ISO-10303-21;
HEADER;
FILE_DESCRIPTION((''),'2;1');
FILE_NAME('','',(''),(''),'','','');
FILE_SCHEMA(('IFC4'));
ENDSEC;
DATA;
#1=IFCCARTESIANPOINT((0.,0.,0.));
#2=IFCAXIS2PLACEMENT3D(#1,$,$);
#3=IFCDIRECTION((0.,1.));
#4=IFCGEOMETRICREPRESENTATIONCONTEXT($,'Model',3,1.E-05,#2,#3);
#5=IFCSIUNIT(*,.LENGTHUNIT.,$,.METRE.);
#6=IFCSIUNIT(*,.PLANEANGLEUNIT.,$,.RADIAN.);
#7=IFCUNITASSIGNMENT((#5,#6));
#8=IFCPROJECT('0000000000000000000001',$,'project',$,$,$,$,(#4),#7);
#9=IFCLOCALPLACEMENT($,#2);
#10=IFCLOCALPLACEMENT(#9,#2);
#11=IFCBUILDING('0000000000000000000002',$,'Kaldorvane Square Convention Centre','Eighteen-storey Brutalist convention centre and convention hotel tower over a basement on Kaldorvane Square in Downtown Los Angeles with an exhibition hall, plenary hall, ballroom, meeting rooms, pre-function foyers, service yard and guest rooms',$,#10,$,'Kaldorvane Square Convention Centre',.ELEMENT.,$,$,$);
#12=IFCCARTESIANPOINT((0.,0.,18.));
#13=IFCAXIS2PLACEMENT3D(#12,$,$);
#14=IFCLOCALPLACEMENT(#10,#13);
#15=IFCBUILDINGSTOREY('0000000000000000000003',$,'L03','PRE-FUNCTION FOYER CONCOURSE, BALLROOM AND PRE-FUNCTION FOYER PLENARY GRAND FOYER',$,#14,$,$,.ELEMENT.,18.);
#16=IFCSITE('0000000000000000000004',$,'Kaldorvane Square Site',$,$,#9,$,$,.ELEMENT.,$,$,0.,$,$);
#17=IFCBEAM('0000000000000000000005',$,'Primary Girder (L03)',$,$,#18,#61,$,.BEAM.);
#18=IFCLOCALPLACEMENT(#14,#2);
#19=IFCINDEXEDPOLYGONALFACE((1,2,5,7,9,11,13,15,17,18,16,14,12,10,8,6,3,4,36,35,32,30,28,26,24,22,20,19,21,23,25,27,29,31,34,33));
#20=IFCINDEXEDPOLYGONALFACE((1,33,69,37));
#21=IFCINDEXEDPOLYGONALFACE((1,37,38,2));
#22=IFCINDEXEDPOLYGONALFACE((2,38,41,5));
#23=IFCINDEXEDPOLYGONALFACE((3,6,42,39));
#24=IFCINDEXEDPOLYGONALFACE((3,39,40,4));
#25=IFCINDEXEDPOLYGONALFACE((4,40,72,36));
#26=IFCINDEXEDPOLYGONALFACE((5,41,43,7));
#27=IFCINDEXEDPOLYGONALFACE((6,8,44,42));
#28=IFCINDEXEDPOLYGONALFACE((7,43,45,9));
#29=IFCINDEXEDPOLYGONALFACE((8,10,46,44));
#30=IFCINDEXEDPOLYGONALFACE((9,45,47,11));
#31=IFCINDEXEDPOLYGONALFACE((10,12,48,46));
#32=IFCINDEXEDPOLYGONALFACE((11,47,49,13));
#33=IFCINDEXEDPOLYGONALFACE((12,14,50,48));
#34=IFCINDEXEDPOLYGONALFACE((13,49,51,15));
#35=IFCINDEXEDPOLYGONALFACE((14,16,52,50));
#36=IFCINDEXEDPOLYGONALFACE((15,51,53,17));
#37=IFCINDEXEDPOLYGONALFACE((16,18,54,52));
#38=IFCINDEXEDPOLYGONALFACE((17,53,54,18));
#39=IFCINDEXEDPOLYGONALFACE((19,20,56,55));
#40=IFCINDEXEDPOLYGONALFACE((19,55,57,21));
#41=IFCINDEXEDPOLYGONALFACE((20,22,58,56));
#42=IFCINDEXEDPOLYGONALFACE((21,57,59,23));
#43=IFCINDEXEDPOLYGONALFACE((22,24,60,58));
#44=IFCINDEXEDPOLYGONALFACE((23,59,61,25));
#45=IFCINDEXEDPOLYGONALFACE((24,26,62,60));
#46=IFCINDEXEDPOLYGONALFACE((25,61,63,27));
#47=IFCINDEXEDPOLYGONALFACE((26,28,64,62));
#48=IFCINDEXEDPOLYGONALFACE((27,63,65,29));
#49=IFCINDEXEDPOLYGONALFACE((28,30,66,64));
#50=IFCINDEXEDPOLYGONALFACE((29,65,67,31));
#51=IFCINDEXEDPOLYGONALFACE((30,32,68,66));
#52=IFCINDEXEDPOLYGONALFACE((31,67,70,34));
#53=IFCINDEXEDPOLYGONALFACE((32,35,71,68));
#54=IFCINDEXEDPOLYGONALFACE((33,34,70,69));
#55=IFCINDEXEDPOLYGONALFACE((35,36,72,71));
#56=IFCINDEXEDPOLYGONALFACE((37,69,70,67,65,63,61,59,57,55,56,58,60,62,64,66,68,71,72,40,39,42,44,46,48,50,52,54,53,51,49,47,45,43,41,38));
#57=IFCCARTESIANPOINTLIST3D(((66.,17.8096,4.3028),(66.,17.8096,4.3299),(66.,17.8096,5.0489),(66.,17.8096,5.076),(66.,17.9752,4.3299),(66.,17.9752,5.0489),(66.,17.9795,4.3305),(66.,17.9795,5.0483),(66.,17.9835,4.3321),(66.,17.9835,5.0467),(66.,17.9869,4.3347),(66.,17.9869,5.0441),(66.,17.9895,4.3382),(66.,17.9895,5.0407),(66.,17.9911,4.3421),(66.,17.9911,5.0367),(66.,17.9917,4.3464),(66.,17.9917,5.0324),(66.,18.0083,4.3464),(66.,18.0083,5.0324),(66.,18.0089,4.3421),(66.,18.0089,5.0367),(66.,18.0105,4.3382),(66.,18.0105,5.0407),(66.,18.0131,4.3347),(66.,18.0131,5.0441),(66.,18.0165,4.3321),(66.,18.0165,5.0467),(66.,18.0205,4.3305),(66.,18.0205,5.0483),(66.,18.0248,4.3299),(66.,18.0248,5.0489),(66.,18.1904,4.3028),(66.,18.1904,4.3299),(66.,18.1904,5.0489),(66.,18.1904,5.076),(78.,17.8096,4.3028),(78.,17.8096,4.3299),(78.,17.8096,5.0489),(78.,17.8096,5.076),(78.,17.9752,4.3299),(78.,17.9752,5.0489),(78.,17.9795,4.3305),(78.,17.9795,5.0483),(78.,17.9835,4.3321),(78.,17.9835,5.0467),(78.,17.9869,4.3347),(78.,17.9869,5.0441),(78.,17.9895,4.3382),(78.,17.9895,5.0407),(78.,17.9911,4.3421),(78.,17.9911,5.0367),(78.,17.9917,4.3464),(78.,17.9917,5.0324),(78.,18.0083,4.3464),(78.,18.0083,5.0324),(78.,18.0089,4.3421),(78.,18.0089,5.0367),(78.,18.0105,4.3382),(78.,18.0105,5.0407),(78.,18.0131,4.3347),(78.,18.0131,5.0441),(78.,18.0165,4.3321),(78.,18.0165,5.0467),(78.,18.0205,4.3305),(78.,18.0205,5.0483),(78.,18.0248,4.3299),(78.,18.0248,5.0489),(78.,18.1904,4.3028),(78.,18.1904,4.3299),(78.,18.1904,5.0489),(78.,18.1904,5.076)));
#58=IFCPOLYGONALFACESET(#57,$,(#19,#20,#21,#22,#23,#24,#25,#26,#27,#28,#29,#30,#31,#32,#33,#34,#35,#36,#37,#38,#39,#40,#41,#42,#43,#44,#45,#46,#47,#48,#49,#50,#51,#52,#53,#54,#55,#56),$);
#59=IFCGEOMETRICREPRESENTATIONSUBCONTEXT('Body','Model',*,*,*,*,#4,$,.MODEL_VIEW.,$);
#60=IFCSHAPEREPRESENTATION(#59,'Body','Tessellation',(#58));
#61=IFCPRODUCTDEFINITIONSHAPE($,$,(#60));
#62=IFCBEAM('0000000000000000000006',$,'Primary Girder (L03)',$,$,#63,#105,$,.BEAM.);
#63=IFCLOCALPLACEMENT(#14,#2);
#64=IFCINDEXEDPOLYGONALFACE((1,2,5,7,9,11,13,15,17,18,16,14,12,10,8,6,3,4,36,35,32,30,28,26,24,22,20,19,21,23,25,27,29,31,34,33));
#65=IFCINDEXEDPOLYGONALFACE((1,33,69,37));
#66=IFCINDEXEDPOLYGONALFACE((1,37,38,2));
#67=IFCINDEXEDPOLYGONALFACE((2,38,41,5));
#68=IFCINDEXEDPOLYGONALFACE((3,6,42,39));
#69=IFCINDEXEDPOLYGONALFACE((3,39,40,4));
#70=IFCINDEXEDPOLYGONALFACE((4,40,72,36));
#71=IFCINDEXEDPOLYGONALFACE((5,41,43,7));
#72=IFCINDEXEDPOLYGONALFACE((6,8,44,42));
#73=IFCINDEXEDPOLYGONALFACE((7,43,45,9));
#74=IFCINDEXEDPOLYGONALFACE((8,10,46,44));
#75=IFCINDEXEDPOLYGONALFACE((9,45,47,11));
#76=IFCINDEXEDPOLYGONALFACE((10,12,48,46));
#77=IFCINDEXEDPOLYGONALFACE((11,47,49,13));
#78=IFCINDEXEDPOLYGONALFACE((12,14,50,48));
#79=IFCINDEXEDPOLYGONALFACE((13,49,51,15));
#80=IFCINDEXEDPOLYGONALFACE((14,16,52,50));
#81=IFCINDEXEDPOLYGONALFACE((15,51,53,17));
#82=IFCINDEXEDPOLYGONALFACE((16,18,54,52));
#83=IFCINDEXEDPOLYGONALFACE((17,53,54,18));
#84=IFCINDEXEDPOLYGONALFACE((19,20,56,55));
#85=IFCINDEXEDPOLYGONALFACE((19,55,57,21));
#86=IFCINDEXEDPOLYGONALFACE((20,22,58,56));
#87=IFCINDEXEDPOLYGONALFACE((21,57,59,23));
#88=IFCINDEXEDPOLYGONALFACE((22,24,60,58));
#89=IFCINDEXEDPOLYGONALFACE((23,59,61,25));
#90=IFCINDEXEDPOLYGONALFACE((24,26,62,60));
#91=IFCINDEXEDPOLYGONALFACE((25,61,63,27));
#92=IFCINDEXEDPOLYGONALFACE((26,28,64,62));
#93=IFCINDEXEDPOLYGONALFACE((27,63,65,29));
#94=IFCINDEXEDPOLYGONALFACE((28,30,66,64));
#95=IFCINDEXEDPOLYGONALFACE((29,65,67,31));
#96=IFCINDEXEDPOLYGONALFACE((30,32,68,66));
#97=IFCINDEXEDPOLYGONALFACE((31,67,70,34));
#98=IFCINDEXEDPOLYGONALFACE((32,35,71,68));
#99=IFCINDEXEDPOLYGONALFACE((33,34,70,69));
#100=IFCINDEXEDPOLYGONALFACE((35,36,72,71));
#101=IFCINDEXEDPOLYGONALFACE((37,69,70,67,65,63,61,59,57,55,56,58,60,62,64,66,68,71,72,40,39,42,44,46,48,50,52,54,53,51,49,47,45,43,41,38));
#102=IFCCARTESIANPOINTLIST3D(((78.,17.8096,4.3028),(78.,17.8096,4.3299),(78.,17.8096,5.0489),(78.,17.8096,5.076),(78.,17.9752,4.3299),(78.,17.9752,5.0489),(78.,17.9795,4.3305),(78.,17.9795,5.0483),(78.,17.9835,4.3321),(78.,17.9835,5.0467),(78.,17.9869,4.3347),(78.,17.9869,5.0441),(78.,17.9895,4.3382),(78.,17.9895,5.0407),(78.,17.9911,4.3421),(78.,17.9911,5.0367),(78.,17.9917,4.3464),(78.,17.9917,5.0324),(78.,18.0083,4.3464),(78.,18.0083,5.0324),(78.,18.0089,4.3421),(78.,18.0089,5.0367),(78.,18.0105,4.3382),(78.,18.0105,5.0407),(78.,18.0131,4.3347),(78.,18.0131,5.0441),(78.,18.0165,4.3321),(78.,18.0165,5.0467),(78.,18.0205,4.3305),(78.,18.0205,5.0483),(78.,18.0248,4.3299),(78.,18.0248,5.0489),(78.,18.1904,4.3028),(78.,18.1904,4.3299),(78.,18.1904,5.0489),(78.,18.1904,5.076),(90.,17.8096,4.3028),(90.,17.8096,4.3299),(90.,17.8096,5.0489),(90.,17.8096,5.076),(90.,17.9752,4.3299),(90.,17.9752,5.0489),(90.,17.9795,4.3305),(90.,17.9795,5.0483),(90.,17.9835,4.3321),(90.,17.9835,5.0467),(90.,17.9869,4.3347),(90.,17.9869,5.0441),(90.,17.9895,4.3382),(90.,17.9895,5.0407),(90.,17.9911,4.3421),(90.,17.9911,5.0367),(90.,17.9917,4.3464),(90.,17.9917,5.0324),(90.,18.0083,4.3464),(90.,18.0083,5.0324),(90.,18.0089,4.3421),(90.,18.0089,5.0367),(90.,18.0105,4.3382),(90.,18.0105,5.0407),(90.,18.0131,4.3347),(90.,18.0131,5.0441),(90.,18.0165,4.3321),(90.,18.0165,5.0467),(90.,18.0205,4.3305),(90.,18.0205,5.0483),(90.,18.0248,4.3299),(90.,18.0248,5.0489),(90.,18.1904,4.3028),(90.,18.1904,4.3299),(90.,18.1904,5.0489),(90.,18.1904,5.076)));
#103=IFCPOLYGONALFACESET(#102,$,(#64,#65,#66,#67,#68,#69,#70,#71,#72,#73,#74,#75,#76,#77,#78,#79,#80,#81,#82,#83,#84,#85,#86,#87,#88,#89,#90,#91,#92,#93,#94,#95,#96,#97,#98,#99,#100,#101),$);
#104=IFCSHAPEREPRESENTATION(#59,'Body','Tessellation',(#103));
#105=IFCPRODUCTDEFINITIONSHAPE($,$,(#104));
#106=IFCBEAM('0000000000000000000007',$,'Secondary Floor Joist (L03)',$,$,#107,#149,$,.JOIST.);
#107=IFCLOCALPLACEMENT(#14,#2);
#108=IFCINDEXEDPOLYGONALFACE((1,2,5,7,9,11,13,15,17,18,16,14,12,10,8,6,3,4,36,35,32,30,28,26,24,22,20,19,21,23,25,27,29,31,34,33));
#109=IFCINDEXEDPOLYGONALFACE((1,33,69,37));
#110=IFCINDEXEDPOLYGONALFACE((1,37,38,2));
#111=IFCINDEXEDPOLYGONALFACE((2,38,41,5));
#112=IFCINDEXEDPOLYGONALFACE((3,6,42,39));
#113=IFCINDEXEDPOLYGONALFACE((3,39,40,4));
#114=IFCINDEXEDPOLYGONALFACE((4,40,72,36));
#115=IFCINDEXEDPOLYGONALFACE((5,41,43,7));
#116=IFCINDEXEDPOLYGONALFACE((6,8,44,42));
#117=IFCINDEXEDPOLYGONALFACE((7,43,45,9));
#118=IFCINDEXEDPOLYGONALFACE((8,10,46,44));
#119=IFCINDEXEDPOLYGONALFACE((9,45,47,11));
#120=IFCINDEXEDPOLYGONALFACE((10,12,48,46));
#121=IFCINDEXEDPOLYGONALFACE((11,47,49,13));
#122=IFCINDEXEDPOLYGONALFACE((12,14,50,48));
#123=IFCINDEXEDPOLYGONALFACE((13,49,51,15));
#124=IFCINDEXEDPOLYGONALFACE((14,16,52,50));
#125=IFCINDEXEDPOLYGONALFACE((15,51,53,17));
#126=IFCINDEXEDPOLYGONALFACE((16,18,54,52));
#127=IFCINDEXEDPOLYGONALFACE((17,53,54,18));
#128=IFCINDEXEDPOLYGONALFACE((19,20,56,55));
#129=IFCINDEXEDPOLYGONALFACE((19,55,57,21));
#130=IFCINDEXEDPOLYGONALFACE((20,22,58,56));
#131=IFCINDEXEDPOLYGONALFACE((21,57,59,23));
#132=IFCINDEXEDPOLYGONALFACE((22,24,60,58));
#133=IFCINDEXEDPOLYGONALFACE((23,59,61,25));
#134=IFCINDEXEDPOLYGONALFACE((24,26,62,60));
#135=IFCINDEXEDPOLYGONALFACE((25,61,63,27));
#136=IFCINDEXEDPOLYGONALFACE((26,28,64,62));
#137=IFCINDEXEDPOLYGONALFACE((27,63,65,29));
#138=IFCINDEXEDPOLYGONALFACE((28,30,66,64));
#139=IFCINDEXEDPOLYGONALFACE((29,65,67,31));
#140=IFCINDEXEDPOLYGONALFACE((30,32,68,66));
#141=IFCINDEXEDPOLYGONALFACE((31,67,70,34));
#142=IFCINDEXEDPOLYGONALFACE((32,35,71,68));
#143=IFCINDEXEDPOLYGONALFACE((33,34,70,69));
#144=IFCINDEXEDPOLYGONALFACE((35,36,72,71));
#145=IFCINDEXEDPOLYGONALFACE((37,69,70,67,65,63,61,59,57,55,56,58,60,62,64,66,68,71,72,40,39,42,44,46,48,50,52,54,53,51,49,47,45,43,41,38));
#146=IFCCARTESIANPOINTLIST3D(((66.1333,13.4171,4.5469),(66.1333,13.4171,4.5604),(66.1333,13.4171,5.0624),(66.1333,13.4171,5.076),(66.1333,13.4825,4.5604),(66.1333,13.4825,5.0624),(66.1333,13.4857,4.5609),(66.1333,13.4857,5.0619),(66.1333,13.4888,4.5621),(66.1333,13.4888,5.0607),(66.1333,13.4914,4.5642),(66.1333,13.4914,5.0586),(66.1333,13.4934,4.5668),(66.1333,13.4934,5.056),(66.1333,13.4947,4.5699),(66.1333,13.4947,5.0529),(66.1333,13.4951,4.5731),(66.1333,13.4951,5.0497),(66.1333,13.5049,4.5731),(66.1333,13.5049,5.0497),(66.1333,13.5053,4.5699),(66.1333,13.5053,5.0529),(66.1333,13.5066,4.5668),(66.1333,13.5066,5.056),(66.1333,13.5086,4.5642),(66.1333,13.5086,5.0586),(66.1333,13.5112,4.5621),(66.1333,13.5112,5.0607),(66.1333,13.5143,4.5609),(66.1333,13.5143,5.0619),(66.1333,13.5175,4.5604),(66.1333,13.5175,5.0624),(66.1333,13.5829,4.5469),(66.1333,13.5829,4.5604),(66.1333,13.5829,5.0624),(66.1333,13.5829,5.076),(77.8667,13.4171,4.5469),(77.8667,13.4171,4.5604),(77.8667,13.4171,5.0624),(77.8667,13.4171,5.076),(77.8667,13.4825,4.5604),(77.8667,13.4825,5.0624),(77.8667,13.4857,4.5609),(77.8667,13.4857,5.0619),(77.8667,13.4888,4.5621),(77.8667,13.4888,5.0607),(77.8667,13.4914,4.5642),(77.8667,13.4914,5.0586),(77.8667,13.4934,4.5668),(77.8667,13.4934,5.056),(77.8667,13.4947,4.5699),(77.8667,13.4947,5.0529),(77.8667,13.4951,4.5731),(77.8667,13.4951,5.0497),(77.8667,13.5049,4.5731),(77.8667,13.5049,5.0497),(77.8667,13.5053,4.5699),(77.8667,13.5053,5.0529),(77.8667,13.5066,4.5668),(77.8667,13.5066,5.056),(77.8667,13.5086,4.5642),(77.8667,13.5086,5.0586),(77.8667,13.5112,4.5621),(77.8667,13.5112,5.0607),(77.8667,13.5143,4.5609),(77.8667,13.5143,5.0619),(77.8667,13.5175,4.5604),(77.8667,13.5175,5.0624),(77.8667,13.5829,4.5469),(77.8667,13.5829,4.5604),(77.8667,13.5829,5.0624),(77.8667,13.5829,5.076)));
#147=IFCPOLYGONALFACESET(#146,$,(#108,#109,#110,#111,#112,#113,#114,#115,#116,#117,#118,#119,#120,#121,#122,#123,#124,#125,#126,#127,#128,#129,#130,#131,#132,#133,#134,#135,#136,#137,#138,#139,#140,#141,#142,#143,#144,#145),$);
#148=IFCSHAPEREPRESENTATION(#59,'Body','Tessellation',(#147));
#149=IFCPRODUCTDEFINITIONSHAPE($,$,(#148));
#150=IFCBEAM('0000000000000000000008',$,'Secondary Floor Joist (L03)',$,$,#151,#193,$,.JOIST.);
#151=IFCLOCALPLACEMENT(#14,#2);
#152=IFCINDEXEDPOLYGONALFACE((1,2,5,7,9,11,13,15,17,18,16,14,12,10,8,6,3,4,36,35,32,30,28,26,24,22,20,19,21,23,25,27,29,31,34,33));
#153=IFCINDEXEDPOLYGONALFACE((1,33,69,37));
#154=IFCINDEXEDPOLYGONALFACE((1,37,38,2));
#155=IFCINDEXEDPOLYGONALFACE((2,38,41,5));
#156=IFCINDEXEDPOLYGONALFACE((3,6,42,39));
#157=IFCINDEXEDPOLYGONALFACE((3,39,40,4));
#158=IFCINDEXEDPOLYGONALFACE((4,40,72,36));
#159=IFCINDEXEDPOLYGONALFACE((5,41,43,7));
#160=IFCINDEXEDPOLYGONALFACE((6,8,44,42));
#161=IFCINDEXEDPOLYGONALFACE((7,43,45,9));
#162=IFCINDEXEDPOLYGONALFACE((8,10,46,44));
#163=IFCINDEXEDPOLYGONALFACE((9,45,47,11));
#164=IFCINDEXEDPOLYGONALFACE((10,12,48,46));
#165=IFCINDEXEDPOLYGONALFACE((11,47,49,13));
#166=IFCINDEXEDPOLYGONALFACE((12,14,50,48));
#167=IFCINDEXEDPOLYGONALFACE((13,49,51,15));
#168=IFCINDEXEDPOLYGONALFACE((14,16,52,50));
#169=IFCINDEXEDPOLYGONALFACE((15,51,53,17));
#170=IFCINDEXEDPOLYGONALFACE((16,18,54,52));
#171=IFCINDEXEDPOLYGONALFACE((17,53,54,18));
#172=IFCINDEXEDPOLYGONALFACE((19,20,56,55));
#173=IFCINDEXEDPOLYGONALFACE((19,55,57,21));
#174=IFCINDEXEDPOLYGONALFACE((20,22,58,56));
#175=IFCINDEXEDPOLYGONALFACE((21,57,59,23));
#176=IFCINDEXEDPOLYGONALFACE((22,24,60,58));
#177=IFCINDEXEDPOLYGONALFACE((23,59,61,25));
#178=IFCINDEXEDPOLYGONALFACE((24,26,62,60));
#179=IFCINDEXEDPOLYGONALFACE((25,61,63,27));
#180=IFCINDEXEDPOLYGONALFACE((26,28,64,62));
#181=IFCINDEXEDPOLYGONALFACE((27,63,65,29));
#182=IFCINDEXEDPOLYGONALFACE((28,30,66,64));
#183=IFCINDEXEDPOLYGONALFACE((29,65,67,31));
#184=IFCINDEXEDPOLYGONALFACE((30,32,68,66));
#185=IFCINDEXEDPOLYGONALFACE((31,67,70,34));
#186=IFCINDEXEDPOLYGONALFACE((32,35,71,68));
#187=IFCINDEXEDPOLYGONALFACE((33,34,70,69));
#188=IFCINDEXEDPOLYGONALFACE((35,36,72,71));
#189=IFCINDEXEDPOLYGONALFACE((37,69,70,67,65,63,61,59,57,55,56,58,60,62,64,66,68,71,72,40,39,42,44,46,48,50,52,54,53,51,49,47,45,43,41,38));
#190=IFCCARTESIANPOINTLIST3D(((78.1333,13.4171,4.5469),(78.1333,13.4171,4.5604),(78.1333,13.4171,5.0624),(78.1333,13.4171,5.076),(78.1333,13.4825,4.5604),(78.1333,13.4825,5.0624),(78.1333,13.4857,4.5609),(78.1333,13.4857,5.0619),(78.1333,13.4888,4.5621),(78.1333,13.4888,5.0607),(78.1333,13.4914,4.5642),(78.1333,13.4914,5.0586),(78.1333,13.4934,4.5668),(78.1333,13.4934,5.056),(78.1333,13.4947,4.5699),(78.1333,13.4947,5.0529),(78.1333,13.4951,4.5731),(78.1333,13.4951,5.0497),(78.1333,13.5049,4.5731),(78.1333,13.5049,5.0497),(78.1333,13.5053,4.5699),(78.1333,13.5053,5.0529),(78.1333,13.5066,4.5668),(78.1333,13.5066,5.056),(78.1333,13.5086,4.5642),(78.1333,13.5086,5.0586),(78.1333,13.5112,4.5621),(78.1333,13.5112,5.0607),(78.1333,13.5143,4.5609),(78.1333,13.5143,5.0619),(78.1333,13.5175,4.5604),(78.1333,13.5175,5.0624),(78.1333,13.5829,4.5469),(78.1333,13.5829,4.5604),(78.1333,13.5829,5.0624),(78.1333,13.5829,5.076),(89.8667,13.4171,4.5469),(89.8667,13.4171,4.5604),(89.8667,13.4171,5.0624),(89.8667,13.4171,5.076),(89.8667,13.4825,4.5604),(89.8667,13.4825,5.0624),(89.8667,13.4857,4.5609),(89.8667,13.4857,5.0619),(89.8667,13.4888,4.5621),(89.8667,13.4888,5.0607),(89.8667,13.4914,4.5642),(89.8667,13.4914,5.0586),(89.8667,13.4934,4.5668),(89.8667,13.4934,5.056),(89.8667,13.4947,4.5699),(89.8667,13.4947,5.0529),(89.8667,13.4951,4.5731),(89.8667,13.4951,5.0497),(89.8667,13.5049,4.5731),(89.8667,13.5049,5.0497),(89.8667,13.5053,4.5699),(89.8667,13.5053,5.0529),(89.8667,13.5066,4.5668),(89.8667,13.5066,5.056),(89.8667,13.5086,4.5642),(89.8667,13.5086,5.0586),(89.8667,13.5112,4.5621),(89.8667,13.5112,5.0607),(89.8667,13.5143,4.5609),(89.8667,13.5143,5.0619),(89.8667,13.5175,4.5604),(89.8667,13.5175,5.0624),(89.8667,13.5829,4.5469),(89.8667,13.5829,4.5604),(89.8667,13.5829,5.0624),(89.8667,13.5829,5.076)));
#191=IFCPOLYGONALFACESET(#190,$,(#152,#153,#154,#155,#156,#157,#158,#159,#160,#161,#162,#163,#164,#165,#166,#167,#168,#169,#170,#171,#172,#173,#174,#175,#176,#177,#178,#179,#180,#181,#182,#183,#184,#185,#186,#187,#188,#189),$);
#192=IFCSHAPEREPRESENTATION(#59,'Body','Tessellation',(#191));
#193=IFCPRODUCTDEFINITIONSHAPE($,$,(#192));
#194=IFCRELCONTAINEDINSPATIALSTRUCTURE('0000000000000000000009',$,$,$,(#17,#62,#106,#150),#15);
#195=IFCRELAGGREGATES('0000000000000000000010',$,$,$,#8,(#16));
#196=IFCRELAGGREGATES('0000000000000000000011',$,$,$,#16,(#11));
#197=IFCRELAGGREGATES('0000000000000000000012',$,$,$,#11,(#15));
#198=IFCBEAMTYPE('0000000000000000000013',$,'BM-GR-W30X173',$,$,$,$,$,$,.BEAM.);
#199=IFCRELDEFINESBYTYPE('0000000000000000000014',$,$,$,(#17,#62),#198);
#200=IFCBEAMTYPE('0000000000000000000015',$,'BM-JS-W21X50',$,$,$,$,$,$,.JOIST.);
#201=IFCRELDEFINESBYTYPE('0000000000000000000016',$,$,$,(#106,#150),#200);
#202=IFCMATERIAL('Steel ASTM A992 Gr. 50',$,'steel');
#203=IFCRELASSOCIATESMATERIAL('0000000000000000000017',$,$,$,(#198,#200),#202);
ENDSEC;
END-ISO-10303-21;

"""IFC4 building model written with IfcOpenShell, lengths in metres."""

from ifc_helpers import new_model, si_unit, direction, frame, origin, origin_2d, place, context, subcontext, project, spatial, i_section, extrude, material, material_profile, profile_set, type_object, element, save


model = new_model("IFC4")

# Units and contexts
model_context = context("Model", 3, precision=1e-05, world=origin(), true_north=direction((0.0, 1.0)))
body_context = subcontext(model_context, "Body", "Model", "MODEL_VIEW")
ifc_project = project(units=[si_unit("LENGTHUNIT", "METRE"), si_unit("PLANEANGLEUNIT", "RADIAN")], contexts=[model_context])

# Site, building, storey
site_placement = place(None, origin())
site = spatial("IfcSite", under=ifc_project, at=site_placement, Name="Kaldorvane Square Site", CompositionType="ELEMENT", RefElevation=0.0)
building_placement = place(site_placement, origin())
building = spatial("IfcBuilding", under=site, at=building_placement, Name="Kaldorvane Square Convention Centre", Description="Eighteen-storey Brutalist convention centre and convention hotel tower over a basement on Kaldorvane Square in Downtown Los Angeles with an exhibition hall, plenary hall, ballroom, meeting rooms, pre-function foyers, service yard and guest rooms", LongName="Kaldorvane Square Convention Centre", CompositionType="ELEMENT")
storey_placement = place(building_placement, frame((0.0, 0.0, 18.0)))
storey = spatial("IfcBuildingStorey", under=building, at=storey_placement, Name="L03", Description="PRE-FUNCTION FOYER CONCOURSE, BALLROOM AND PRE-FUNCTION FOYER PLENARY GRAND FOYER", CompositionType="ELEMENT", Elevation=18.0)

# Shared definitions
ifc_material_1 = material(Name="Steel ASTM A992 Gr. 50", Category="steel")

# Beams
ifc_material_profile_1 = material_profile(ifc_material_1, i_section(OverallWidth=0.3807, OverallDepth=0.7732, WebThickness=0.0166, FlangeThickness=0.0271, FilletRadius=0.0165, at=origin_2d()), Name="W30X173")
ifc_profile_set_1 = profile_set([ifc_material_profile_1], Name="Steel ASTM A992 Gr. 50")
beam_type_1 = type_object("IfcBeamType", Name="BM-GR-W30X173", PredefinedType="BEAM", material=ifc_profile_set_1)
for number, where, z_axis, x_axis, name in (
    (1, (66.0, 18.0, 4.6894), (1.0, 0.0, 0.0), (0.0, 1.0, 0.0), "Primary Girder (L03)"),
    (2, (78.0, 18.0, 4.6894), (1.0, 0.0, 0.0), (0.0, 1.0, 0.0), "Primary Girder (L03)"),
):
    element("IfcBeam", number, at=place(storey_placement, frame(where, z_axis=z_axis, x_axis=x_axis)), inside=storey, type_object=beam_type_1, Name=name, PredefinedType="BEAM", context=body_context, shape_type="SweptSolid", body=[
        extrude(i_section(OverallWidth=0.3807, OverallDepth=0.7732, WebThickness=0.0166, FlangeThickness=0.0271, FilletRadius=0.0165, at=origin_2d()), origin(), (0.0, 0.0, 1.0), 12.0),
    ])
ifc_material_profile_2 = material_profile(ifc_material_1, i_section(OverallWidth=0.1659, OverallDepth=0.5291, WebThickness=0.0097, FlangeThickness=0.0136, FilletRadius=0.0127, at=origin_2d()), Name="W21X50")
ifc_profile_set_2 = profile_set([ifc_material_profile_2], Name="Steel ASTM A992 Gr. 50")
beam_type_2 = type_object("IfcBeamType", Name="BM-JS-W21X50", PredefinedType="JOIST", material=ifc_profile_set_2)
for number, where, z_axis, x_axis, name in (
    (3, (66.1333, 13.5, 4.8114), (1.0, 0.0, 0.0), (0.0, 1.0, 0.0), "Secondary Floor Joist (L03)"),
    (4, (78.1333, 13.5, 4.8114), (1.0, 0.0, 0.0), (0.0, 1.0, 0.0), "Secondary Floor Joist (L03)"),
):
    element("IfcBeam", number, at=place(storey_placement, frame(where, z_axis=z_axis, x_axis=x_axis)), inside=storey, type_object=beam_type_2, Name=name, PredefinedType="JOIST", context=body_context, shape_type="SweptSolid", body=[
        extrude(i_section(OverallWidth=0.1659, OverallDepth=0.5291, WebThickness=0.0097, FlangeThickness=0.0136, FilletRadius=0.0127, at=origin_2d()), origin(), (0.0, 0.0, 1.0), 11.7334),
    ])

save(model, "model.ifc")
